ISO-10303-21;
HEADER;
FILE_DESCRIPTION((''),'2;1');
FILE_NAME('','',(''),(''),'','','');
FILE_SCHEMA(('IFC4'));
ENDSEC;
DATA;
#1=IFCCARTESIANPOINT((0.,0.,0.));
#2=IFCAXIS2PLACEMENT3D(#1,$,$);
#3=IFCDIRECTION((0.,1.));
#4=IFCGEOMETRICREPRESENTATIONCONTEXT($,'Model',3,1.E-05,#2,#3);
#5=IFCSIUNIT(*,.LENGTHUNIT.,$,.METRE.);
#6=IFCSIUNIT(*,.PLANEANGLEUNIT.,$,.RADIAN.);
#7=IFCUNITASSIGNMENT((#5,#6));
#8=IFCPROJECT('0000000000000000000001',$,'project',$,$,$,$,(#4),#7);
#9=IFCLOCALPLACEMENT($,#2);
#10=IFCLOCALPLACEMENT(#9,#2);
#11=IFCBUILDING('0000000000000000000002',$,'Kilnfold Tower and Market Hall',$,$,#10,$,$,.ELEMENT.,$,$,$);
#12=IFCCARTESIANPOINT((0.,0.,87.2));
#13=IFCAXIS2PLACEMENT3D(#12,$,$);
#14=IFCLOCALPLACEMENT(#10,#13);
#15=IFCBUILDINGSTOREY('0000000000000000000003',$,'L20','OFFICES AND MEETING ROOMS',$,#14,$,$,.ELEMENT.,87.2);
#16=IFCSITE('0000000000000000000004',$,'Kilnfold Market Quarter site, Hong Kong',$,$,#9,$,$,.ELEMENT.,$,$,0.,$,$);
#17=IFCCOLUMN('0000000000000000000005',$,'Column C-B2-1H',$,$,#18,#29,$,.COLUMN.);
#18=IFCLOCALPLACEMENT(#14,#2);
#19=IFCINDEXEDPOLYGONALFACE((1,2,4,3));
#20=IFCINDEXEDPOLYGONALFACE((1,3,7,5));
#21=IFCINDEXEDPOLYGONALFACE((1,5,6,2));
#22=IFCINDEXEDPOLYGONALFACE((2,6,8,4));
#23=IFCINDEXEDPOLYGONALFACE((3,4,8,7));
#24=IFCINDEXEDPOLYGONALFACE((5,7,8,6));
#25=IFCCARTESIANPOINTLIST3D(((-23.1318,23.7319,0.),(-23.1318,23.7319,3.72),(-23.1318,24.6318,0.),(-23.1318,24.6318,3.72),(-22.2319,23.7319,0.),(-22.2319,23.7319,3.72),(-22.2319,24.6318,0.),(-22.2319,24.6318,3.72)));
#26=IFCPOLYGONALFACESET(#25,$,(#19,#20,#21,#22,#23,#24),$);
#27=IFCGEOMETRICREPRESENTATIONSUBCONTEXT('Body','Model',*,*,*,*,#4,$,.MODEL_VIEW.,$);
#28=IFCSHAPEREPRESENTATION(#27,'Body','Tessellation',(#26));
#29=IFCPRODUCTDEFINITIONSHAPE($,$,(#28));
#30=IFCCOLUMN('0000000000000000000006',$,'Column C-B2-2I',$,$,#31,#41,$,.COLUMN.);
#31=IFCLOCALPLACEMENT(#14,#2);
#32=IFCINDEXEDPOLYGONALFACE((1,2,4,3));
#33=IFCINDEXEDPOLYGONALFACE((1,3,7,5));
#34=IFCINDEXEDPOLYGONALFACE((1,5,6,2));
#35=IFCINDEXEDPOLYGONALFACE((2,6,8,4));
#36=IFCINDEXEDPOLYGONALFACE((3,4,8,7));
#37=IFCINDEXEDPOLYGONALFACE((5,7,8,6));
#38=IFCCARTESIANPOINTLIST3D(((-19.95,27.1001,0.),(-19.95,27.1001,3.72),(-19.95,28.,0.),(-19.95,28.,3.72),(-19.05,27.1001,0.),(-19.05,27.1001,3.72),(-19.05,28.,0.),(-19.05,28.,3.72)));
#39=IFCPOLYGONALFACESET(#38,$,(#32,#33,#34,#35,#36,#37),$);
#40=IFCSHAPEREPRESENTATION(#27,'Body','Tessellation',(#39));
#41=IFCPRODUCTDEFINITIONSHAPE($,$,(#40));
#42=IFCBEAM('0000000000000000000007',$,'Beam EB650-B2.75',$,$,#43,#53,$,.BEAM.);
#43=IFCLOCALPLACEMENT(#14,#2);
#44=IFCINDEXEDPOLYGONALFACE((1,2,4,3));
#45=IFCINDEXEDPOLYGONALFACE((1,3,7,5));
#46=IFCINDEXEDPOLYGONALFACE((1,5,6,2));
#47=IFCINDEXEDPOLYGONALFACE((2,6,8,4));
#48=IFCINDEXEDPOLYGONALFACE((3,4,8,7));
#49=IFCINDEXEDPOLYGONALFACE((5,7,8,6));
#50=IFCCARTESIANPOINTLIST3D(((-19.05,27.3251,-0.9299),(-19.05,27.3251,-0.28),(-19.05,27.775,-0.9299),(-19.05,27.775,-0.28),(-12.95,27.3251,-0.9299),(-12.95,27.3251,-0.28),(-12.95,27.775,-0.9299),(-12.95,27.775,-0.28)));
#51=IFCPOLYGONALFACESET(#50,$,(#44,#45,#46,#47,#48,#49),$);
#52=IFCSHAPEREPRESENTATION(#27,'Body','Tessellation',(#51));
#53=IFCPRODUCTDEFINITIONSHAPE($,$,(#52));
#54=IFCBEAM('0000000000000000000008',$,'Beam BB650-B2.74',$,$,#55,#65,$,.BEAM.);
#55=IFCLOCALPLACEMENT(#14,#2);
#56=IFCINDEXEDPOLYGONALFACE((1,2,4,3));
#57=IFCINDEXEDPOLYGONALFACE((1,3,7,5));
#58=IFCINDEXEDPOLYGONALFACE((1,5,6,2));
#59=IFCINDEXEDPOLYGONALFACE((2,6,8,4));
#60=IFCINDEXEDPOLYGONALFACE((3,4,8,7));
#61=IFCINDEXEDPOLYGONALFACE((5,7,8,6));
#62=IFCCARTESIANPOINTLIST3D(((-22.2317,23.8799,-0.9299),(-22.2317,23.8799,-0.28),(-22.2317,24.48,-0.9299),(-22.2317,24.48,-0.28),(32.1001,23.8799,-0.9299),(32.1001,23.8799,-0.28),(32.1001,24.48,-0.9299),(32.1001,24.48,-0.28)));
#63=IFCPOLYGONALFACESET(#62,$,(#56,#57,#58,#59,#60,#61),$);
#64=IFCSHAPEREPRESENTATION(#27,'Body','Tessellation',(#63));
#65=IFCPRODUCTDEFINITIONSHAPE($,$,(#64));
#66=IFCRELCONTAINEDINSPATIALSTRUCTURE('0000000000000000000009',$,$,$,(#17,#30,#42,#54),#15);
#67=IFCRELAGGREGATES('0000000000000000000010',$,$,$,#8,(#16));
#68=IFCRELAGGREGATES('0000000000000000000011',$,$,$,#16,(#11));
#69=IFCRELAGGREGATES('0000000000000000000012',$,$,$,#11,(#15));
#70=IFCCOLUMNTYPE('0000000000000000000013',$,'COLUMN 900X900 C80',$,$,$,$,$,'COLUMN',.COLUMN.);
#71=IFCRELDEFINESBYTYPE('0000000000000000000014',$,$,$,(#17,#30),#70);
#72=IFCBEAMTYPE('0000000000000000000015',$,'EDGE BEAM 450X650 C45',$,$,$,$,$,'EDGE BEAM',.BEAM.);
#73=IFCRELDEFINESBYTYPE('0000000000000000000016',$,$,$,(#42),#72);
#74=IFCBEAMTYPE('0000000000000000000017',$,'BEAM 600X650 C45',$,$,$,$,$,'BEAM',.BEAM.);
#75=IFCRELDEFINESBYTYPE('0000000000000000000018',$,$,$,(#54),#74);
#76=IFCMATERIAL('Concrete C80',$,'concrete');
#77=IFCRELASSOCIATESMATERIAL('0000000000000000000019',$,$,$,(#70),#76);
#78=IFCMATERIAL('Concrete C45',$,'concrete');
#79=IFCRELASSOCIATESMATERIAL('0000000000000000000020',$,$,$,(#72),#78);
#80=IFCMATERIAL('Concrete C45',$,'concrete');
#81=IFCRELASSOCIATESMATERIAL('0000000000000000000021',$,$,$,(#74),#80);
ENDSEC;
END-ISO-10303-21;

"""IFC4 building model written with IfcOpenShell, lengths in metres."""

from ifc_helpers import new_model, si_unit, direction, frame, origin, origin_2d, place, context, subcontext, project, spatial, rectangle, extrude, source, transform, mapped, material, material_profile, profile_set, type_object, element, save


model = new_model("IFC4")

# Units and contexts
model_context = context("Model", 3, precision=1e-05, world=origin(), true_north=direction((0.0, 1.0)))
body_context = subcontext(model_context, "Body", "Model", "MODEL_VIEW")
ifc_project = project(units=[si_unit("LENGTHUNIT", "METRE"), si_unit("PLANEANGLEUNIT", "RADIAN")], contexts=[model_context])

# Site, building, storey
site_placement = place(None, origin())
site = spatial("IfcSite", under=ifc_project, at=site_placement, Name="Kilnfold Market Quarter site, Hong Kong", CompositionType="ELEMENT", RefElevation=0.0)
building_placement = place(site_placement, origin())
building = spatial("IfcBuilding", under=site, at=building_placement, Name="Kilnfold Tower and Market Hall", CompositionType="ELEMENT")
storey_placement = place(building_placement, frame((0.0, 0.0, 87.2)))
storey = spatial("IfcBuildingStorey", under=building, at=storey_placement, Name="L20", Description="OFFICES AND MEETING ROOMS", CompositionType="ELEMENT", Elevation=87.2)

# Columns
ifc_material_1 = material(Name="Concrete C80", Category="concrete")
ifc_material_profile_1 = material_profile(ifc_material_1, rectangle(XDim=0.8999, YDim=0.8999, at=origin_2d()), Name="RC 900x900")
ifc_profile_set_1 = profile_set([ifc_material_profile_1], Name="Concrete C80")
column_type = type_object("IfcColumnType", Name="COLUMN 900X900 C80", ElementType="COLUMN", PredefinedType="COLUMN", material=ifc_profile_set_1)
shared_shape_1 = source(origin(), body_context, "Body", "SweptSolid", [
    extrude(rectangle(XDim=0.8999, YDim=0.8999, at=origin_2d()), origin(), (0.0, 0.0, 1.0), 3.72),
])
for number, where, z_axis, x_axis, name in (
    (1, (-22.6819, 24.1819, 0.0), (0.0, 0.0, 1.0), (1.0, 0.0, 0.0), "Column C-B2-1H"),
    (2, (-19.5, 27.55, 0.0), (0.0, 0.0, 1.0), (1.0, 0.0, 0.0), "Column C-B2-2I"),
):
    element("IfcColumn", number, at=place(storey_placement, frame(where, z_axis=z_axis, x_axis=x_axis)), inside=storey, type_object=column_type, Name=name, PredefinedType="COLUMN", context=body_context, shape_type="MappedRepresentation", body=[
        mapped(shared_shape_1, transform((0.0, 0.0, 0.0))),
    ])

# Beams
ifc_material_2 = material(Name="Concrete C45", Category="concrete")
ifc_material_profile_2 = material_profile(ifc_material_2, rectangle(XDim=0.45, YDim=0.6499, at=origin_2d()), Name="RC 450x650")
ifc_profile_set_2 = profile_set([ifc_material_profile_2], Name="Concrete C45")
beam_type_1 = type_object("IfcBeamType", Name="EDGE BEAM 450X650 C45", ElementType="EDGE BEAM", PredefinedType="BEAM", material=ifc_profile_set_2)
shared_shape_2 = source(origin(), body_context, "Body", "SweptSolid", [
    extrude(rectangle(XDim=0.45, YDim=0.6499, at=origin_2d()), origin(), (0.0, 0.0, 1.0), 6.1001),
])
beam_1_placement = place(storey_placement, frame((-19.05, 27.55, -0.605), z_axis=(1.0, 0.0, 0.0), x_axis=(0.0, 1.0, 0.0)))
element("IfcBeam", 3, at=beam_1_placement, inside=storey, type_object=beam_type_1, Name="Beam EB650-B2.75", PredefinedType="BEAM", context=body_context, shape_type="MappedRepresentation", body=[
    mapped(shared_shape_2, transform((0.0, 0.0, 0.0))),
])
ifc_material_3 = material(Name="Concrete C45", Category="concrete")
ifc_material_profile_3 = material_profile(ifc_material_3, rectangle(XDim=0.6001, YDim=0.6499, at=origin_2d()), Name="RC 600x650")
ifc_profile_set_3 = profile_set([ifc_material_profile_3], Name="Concrete C45")
beam_type_2 = type_object("IfcBeamType", Name="BEAM 600X650 C45", ElementType="BEAM", PredefinedType="BEAM", material=ifc_profile_set_3)
shared_shape_3 = source(origin(), body_context, "Body", "SweptSolid", [
    extrude(rectangle(XDim=0.6001, YDim=0.6499, at=origin_2d()), origin(), (0.0, 0.0, 1.0), 54.3318),
])
beam_2_placement = place(storey_placement, frame((-22.2317, 24.1799, -0.605), z_axis=(1.0, 0.0, 0.0), x_axis=(0.0, 1.0, 0.0)))
element("IfcBeam", 4, at=beam_2_placement, inside=storey, type_object=beam_type_2, Name="Beam BB650-B2.74", PredefinedType="BEAM", context=body_context, shape_type="MappedRepresentation", body=[
    mapped(shared_shape_3, transform((0.0, 0.0, 0.0))),
])

save(model, "model.ifc")
